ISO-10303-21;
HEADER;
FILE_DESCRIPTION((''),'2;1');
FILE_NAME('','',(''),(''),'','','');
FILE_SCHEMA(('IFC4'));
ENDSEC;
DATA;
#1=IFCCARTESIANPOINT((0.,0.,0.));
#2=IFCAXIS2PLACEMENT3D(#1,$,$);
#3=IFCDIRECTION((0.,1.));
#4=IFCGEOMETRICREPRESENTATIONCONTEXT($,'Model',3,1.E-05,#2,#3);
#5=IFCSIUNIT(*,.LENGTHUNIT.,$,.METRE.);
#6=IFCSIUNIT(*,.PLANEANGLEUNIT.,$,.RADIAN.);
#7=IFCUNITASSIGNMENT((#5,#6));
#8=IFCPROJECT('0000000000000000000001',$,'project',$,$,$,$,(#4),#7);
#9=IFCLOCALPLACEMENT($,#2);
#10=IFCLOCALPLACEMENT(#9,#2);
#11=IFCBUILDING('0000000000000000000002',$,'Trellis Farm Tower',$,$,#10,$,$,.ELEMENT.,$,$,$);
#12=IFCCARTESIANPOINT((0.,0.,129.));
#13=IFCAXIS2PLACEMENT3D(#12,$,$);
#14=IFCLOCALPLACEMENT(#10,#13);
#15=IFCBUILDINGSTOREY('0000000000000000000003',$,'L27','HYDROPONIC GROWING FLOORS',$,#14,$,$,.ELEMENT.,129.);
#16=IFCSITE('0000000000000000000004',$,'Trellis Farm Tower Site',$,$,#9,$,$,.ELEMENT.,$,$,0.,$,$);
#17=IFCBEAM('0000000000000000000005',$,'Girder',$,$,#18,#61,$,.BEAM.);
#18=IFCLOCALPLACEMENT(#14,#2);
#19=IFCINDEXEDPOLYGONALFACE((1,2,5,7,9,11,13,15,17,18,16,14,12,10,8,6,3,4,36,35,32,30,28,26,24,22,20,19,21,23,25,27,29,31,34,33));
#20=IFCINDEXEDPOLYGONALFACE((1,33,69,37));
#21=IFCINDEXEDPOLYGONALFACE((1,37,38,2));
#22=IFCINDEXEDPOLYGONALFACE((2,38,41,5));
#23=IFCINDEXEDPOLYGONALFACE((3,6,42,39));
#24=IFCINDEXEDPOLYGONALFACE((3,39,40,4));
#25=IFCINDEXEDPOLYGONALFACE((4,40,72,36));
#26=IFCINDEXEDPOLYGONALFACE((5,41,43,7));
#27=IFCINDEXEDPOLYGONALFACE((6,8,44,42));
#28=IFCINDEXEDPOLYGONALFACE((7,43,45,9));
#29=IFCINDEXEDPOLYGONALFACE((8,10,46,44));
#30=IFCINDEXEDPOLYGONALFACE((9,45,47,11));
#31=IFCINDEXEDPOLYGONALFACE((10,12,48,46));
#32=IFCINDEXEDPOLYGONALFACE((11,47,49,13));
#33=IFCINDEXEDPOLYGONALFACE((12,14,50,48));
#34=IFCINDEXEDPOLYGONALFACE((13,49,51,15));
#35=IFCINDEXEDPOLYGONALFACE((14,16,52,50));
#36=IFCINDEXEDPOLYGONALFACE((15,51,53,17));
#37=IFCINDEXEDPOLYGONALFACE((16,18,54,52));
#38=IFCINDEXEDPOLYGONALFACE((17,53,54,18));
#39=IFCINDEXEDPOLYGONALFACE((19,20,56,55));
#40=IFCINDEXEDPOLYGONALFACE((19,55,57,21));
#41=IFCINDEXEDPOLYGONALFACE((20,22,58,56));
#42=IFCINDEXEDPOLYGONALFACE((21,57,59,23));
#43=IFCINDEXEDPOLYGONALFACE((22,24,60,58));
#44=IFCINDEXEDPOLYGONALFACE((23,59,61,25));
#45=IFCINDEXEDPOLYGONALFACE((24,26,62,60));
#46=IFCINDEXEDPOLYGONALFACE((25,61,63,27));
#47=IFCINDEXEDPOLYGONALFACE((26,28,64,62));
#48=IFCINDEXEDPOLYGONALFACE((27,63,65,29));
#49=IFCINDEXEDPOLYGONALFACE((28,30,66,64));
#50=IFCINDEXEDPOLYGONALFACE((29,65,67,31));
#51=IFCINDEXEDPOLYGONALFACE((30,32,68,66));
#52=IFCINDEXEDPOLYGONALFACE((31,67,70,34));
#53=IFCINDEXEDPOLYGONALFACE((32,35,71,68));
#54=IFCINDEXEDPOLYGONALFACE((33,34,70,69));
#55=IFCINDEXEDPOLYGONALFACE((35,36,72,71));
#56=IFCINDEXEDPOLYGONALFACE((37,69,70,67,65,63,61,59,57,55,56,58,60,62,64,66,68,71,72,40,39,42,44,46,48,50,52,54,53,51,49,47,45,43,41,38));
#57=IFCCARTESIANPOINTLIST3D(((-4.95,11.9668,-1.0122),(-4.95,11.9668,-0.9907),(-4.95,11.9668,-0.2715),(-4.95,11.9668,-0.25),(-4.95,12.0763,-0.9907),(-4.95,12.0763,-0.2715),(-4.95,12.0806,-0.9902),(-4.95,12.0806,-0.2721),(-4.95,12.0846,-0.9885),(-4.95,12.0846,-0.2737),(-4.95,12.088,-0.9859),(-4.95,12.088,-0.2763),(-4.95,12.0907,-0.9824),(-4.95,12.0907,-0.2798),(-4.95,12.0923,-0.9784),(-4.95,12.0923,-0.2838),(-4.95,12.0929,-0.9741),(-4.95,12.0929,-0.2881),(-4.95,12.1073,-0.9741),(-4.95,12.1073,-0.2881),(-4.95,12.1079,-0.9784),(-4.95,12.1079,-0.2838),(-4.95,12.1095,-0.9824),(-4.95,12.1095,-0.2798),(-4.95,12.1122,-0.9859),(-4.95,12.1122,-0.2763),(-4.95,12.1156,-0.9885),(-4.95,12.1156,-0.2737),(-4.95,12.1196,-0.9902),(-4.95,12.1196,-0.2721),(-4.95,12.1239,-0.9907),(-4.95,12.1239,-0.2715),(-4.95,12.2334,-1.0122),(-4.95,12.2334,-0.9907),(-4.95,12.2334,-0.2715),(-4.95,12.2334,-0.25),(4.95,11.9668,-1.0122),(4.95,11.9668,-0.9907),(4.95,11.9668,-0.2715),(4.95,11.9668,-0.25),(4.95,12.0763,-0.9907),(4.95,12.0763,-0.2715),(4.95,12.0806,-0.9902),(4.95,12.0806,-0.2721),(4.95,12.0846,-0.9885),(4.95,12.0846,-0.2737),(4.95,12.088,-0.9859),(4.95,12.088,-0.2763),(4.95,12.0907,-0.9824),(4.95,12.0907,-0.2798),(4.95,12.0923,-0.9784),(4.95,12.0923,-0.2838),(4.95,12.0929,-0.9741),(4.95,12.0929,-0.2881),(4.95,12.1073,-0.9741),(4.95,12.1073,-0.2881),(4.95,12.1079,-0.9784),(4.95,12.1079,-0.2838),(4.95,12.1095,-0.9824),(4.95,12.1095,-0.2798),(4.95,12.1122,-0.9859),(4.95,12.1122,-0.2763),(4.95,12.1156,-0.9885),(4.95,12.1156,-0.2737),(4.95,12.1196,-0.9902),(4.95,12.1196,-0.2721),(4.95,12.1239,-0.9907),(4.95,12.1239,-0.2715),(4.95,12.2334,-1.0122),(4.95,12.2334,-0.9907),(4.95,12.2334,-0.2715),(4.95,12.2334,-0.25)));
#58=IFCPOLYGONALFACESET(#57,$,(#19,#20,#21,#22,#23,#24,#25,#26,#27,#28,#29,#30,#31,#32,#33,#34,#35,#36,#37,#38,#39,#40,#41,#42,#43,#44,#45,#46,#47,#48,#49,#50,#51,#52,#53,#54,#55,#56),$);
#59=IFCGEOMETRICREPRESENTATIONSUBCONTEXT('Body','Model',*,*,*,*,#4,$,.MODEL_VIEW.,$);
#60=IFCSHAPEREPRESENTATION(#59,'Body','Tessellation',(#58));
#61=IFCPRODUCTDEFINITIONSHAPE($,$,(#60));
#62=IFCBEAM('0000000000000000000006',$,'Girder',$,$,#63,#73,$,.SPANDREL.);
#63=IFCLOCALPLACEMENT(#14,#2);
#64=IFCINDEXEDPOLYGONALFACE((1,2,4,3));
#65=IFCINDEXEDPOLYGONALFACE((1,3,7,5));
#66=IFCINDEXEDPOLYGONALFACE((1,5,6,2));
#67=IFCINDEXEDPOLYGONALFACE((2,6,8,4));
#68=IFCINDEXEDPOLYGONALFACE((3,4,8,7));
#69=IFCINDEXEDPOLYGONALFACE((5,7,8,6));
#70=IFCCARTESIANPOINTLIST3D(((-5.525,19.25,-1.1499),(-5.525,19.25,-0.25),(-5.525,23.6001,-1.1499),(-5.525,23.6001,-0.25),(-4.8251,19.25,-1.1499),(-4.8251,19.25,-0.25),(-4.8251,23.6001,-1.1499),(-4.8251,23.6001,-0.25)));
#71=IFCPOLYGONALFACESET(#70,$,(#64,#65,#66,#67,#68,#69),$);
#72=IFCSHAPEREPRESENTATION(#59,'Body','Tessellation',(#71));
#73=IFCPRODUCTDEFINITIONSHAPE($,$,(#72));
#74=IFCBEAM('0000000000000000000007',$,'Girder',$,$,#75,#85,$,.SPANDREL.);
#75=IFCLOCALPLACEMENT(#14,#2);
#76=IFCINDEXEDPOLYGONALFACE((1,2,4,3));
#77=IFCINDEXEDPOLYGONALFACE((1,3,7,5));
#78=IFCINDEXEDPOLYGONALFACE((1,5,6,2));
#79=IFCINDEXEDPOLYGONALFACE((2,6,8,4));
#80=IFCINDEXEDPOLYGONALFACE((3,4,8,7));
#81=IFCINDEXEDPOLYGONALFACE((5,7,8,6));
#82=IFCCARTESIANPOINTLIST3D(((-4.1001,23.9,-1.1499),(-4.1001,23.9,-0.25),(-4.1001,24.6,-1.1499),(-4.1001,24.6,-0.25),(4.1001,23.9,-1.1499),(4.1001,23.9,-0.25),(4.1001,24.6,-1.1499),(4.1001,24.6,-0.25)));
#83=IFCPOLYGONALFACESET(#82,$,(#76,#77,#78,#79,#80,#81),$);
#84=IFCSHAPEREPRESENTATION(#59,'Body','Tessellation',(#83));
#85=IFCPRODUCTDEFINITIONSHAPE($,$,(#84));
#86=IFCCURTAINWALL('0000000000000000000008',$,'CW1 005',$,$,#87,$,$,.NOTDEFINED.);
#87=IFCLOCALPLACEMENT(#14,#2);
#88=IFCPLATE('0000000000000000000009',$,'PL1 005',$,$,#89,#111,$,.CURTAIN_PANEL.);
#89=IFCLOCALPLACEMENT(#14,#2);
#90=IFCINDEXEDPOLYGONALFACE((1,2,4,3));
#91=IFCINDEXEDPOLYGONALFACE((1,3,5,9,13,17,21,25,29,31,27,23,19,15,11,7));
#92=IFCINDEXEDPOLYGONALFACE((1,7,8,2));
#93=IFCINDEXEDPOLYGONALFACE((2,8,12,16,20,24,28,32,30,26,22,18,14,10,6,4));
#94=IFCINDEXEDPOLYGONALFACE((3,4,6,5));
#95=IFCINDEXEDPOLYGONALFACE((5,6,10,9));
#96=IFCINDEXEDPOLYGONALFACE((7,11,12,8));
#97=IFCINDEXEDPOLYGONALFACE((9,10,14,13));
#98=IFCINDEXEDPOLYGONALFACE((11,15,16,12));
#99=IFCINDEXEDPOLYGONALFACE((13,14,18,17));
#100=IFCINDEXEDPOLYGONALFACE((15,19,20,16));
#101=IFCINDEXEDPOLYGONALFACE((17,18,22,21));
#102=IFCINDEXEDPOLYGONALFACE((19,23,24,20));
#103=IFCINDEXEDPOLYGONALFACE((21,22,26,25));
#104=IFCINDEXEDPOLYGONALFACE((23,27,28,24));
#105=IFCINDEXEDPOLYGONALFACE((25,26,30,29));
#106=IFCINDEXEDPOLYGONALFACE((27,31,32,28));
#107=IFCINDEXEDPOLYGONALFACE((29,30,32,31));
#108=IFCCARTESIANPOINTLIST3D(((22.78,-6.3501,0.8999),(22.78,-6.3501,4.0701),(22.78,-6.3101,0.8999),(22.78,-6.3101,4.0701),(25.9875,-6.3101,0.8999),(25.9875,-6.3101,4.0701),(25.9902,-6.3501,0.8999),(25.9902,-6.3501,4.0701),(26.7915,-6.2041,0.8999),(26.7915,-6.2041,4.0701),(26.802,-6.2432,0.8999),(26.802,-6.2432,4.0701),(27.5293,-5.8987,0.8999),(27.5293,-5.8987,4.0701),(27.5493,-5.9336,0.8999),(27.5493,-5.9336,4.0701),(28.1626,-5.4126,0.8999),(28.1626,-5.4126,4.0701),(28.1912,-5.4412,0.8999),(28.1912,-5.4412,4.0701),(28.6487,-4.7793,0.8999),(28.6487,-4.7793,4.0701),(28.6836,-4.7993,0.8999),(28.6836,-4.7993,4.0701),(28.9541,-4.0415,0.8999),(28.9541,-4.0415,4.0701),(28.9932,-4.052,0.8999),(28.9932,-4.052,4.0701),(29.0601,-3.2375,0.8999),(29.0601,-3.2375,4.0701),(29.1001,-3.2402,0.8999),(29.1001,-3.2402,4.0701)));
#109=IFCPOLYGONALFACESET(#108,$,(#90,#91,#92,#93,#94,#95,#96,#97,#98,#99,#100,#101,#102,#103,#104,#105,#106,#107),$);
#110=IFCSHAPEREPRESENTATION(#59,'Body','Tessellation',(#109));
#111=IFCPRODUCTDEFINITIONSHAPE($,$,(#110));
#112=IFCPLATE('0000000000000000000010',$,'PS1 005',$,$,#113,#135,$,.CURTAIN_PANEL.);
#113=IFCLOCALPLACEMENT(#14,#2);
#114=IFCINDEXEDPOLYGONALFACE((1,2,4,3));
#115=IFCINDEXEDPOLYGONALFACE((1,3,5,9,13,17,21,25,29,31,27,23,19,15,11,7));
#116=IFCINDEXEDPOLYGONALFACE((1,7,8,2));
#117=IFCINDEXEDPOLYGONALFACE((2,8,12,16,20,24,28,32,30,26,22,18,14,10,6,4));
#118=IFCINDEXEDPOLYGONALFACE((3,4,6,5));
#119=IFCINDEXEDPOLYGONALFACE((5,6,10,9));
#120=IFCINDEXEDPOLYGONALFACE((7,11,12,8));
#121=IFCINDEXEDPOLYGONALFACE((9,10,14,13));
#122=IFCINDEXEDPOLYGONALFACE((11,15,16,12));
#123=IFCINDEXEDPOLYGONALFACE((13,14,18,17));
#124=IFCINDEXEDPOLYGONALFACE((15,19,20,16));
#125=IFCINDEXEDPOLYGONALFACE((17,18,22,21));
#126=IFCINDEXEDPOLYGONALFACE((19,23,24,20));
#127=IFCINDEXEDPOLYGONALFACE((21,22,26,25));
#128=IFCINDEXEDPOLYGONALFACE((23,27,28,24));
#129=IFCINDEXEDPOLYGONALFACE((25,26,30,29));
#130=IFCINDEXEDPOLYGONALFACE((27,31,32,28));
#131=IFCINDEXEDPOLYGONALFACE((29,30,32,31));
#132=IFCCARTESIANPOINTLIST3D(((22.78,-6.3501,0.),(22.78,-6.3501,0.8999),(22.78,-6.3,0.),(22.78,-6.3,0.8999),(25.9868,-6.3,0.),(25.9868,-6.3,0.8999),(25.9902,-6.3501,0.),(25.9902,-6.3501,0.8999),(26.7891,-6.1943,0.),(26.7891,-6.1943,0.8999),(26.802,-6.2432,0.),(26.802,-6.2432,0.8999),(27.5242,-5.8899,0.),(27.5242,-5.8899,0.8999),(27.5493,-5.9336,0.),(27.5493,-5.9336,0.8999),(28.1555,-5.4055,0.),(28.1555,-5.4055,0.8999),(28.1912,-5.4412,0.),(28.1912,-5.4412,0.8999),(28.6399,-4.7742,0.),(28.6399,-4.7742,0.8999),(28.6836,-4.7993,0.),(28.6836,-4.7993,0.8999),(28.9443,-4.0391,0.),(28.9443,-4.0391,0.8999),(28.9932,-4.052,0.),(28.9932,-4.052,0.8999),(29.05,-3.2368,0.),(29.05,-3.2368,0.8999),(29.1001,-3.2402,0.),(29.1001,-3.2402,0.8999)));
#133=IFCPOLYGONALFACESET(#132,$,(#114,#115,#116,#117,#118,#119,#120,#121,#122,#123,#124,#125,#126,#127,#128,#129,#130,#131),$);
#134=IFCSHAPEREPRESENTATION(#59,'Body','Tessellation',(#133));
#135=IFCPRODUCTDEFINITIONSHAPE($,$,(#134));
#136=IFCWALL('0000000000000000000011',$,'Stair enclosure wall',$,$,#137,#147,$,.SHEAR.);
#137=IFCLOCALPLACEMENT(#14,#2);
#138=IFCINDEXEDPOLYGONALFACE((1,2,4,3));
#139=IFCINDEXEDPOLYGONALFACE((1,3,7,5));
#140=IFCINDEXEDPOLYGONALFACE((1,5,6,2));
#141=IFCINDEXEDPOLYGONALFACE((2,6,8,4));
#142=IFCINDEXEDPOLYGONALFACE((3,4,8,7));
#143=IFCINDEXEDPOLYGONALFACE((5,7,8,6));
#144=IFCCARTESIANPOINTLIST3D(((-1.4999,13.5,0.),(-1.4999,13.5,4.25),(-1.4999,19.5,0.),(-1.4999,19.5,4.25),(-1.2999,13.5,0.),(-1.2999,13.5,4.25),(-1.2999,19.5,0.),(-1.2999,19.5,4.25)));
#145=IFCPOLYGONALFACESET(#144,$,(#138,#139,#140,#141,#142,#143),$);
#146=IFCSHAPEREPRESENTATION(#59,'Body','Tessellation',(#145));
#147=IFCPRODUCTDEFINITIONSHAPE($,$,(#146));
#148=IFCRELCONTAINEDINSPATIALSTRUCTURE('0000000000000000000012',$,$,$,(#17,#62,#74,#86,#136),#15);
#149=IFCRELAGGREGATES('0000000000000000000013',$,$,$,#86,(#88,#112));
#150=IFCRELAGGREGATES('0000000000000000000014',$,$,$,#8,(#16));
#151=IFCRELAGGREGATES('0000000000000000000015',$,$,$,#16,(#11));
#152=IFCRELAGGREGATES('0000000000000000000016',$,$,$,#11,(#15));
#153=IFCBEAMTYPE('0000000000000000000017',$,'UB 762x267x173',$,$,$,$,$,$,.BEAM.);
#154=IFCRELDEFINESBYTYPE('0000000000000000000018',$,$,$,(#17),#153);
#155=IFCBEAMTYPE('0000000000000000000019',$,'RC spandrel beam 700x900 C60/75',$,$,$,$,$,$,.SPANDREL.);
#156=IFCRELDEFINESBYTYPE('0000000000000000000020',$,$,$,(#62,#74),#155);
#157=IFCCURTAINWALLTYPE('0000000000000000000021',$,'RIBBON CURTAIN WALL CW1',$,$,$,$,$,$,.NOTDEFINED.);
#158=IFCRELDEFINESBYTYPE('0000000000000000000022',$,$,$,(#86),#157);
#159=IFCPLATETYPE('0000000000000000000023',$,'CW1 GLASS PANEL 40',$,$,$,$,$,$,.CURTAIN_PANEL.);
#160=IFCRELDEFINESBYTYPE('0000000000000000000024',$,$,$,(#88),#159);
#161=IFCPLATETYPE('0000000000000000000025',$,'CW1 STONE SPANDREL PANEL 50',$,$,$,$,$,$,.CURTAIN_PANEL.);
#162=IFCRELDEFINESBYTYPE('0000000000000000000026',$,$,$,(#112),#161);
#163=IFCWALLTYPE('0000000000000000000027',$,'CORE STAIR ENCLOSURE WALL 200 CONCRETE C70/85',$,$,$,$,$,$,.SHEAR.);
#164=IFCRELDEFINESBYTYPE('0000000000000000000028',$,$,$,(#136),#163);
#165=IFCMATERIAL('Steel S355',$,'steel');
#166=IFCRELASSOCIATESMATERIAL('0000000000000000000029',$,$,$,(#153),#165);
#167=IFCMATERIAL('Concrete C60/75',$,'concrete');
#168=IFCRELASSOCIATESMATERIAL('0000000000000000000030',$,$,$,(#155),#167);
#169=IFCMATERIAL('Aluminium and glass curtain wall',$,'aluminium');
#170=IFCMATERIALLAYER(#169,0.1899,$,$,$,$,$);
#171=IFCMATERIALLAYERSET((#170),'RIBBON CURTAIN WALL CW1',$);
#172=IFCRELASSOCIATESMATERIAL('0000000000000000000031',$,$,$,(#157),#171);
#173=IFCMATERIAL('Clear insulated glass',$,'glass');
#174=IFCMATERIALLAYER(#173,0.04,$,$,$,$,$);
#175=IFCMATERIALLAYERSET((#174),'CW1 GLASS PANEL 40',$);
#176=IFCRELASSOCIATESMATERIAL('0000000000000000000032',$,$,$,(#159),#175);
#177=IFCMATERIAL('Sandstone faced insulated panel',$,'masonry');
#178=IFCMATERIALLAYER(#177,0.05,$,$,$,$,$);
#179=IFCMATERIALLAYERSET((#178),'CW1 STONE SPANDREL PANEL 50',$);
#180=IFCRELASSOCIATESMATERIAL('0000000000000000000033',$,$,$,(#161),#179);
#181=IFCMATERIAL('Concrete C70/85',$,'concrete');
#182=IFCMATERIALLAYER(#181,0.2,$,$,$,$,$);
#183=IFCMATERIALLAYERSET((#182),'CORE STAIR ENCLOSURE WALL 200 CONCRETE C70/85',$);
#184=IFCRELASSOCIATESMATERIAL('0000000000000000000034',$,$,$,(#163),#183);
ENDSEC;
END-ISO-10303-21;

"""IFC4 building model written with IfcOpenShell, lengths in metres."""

from ifc_helpers import new_model, si_unit, direction, frame, frame_2d, origin, origin_2d, place, context, subcontext, project, spatial, polyline, rectangle, i_section, outline, extrude, source, transform, mapped, material, layer, layer_set, material_profile, profile_set, type_object, element, aggregate, save


model = new_model("IFC4")

# Units and contexts
model_context = context("Model", 3, precision=1e-05, world=origin(), true_north=direction((0.0, 1.0)))
body_context = subcontext(model_context, "Body", "Model", "MODEL_VIEW")
ifc_project = project(units=[si_unit("LENGTHUNIT", "METRE"), si_unit("PLANEANGLEUNIT", "RADIAN")], contexts=[model_context])

# Site, building, storey
site_placement = place(None, origin())
site = spatial("IfcSite", under=ifc_project, at=site_placement, Name="Trellis Farm Tower Site", CompositionType="ELEMENT", RefElevation=0.0)
building_placement = place(site_placement, origin())
building = spatial("IfcBuilding", under=site, at=building_placement, Name="Trellis Farm Tower", CompositionType="ELEMENT")
storey_placement = place(building_placement, frame((0.0, 0.0, 129.0)))
storey = spatial("IfcBuildingStorey", under=building, at=storey_placement, Name="L27", Description="HYDROPONIC GROWING FLOORS", CompositionType="ELEMENT", Elevation=129.0)

# Beams
ifc_material_1 = material(Name="Steel S355", Category="steel")
ifc_material_profile_1 = material_profile(ifc_material_1, i_section(OverallWidth=0.2666, OverallDepth=0.7622, WebThickness=0.0144, FlangeThickness=0.0215, FilletRadius=0.0166, at=origin_2d()), Name="UB 762x267x173")
ifc_profile_set_1 = profile_set([ifc_material_profile_1], Name="Steel S355")
beam_type_1 = type_object("IfcBeamType", Name="UB 762x267x173", PredefinedType="BEAM", material=ifc_profile_set_1)
shared_shape_1 = source(origin(), body_context, "Body", "SweptSolid", [
    extrude(i_section(OverallWidth=0.2666, OverallDepth=0.7622, WebThickness=0.0144, FlangeThickness=0.0215, FilletRadius=0.0166, at=origin_2d()), origin(), (0.0, 0.0, 1.0), 9.8999),
])
for number, where, z_axis, x_axis, name in (
    (1, (-4.95, 12.1001, -0.6311), (1.0, 0.0, 0.0), (0.0, 1.0, 0.0), "Girder"),
):
    element("IfcBeam", number, at=place(storey_placement, frame(where, z_axis=z_axis, x_axis=x_axis)), inside=storey, type_object=beam_type_1, Name=name, PredefinedType="BEAM", context=body_context, shape_type="MappedRepresentation", body=[
        mapped(shared_shape_1, transform((0.0, 0.0, 0.0))),
    ])
ifc_material_2 = material(Name="Concrete C60/75", Category="concrete")
ifc_material_profile_2 = material_profile(ifc_material_2, rectangle(XDim=0.7, YDim=0.8999, at=origin_2d()), Name="RC spandrel beam 700x900 C60/75")
ifc_profile_set_2 = profile_set([ifc_material_profile_2], Name="Concrete C60/75")
beam_type_2 = type_object("IfcBeamType", Name="RC spandrel beam 700x900 C60/75", PredefinedType="SPANDREL", material=ifc_profile_set_2)
shared_shape_2 = source(origin(), body_context, "Body", "SweptSolid", [
    extrude(rectangle(XDim=0.7, YDim=0.8999, at=origin_2d()), origin(), (0.0, 0.0, 1.0), 4.3501),
])
beam_1_placement = place(storey_placement, frame((-5.175, 19.25, -0.7), z_axis=(0.0, 1.0, 0.0), x_axis=(-1.0, 0.0, 0.0)))
element("IfcBeam", 2, at=beam_1_placement, inside=storey, type_object=beam_type_2, Name="Girder", PredefinedType="SPANDREL", context=body_context, shape_type="MappedRepresentation", body=[
    mapped(shared_shape_2, transform((0.0, 0.0, 0.0))),
])
shared_shape_3 = source(origin(), body_context, "Body", "SweptSolid", [
    extrude(rectangle(XDim=0.7, YDim=0.8999, at=origin_2d()), origin(), (0.0, 0.0, 1.0), 8.2002),
])
beam_2_placement = place(storey_placement, frame((-4.1001, 24.25, -0.7), z_axis=(1.0, 0.0, 0.0), x_axis=(0.0, 1.0, 0.0)))
element("IfcBeam", 3, at=beam_2_placement, inside=storey, type_object=beam_type_2, Name="Girder", PredefinedType="SPANDREL", context=body_context, shape_type="MappedRepresentation", body=[
    mapped(shared_shape_3, transform((0.0, 0.0, 0.0))),
])

# Curtain wall, plates
ifc_material_3 = material(Name="Aluminium and glass curtain wall", Category="aluminium")
ifc_layer_1 = layer(ifc_material_3, 0.1899)
ifc_layer_set_1 = layer_set([ifc_layer_1], Name="RIBBON CURTAIN WALL CW1")
curtain_wall_type = type_object("IfcCurtainWallType", Name="RIBBON CURTAIN WALL CW1", PredefinedType="NOTDEFINED", material=ifc_layer_set_1)
placement = place(storey_placement, origin())
curtain_wall = element("IfcCurtainWall", 4, at=placement, inside=storey, type_object=curtain_wall_type, Name="CW1 005", PredefinedType="NOTDEFINED")
ifc_material_4 = material(Name="Clear insulated glass", Category="glass")
ifc_layer_2 = layer(ifc_material_4, 0.04)
ifc_layer_set_2 = layer_set([ifc_layer_2], Name="CW1 GLASS PANEL 40")
plate_type_1 = type_object("IfcPlateType", Name="CW1 GLASS PANEL 40", PredefinedType="CURTAIN_PANEL", material=ifc_layer_set_2)
shared_shape_4 = source(origin(), body_context, "Body", "SweptSolid", [
    extrude(outline(polyline([(22.78, -6.3501), (25.9902, -6.3501), (26.802, -6.2432), (27.5493, -5.9336), (28.1912, -5.4412), (28.6836, -4.7993), (28.9932, -4.052), (29.1001, -3.2402), (29.0601, -3.2375), (28.9541, -4.0415), (28.6487, -4.7793), (28.1626, -5.4126), (27.5293, -5.8987), (26.7915, -6.2041), (25.9875, -6.3101), (22.78, -6.3101), (22.78, -6.3501)])), origin(), (0.0, 0.0, 1.0), 3.1702),
])
plate_1_placement = place(storey_placement, frame((0.0, 0.0, 0.8999)))
plate_1 = element("IfcPlate", 5, at=plate_1_placement, type_object=plate_type_1, Name="PL1 005", PredefinedType="CURTAIN_PANEL", context=body_context, shape_type="MappedRepresentation", body=[
    mapped(shared_shape_4, transform((0.0, 0.0, 0.0))),
])
ifc_material_5 = material(Name="Sandstone faced insulated panel", Category="masonry")
ifc_layer_3 = layer(ifc_material_5, 0.05)
ifc_layer_set_3 = layer_set([ifc_layer_3], Name="CW1 STONE SPANDREL PANEL 50")
plate_type_2 = type_object("IfcPlateType", Name="CW1 STONE SPANDREL PANEL 50", PredefinedType="CURTAIN_PANEL", material=ifc_layer_set_3)
shared_shape_5 = source(origin(), body_context, "Body", "SweptSolid", [
    extrude(outline(polyline([(22.78, -6.3501), (25.9902, -6.3501), (26.802, -6.2432), (27.5493, -5.9336), (28.1912, -5.4412), (28.6836, -4.7993), (28.9932, -4.052), (29.1001, -3.2402), (29.05, -3.2368), (28.9443, -4.0391), (28.6399, -4.7742), (28.1555, -5.4055), (27.5242, -5.8899), (26.7891, -6.1943), (25.9868, -6.3), (22.78, -6.3), (22.78, -6.3501)])), origin(), (0.0, 0.0, 1.0), 0.8999),
])
plate_2 = element("IfcPlate", 6, at=placement, type_object=plate_type_2, Name="PS1 005", PredefinedType="CURTAIN_PANEL", context=body_context, shape_type="MappedRepresentation", body=[
    mapped(shared_shape_5, transform((0.0, 0.0, 0.0))),
])
aggregate(curtain_wall, [plate_1, plate_2])

# Wall
ifc_material_6 = material(Name="Concrete C70/85", Category="concrete")
ifc_layer_4 = layer(ifc_material_6, 0.2)
ifc_layer_set_4 = layer_set([ifc_layer_4], Name="CORE STAIR ENCLOSURE WALL 200 CONCRETE C70/85")
wall_type_1 = type_object("IfcWallType", Name="CORE STAIR ENCLOSURE WALL 200 CONCRETE C70/85", PredefinedType="SHEAR", material=ifc_layer_set_4)
shared_shape_6 = source(origin(), body_context, "Body", "SweptSolid", [
    extrude(rectangle(XDim=6.0, YDim=0.2, at=frame_2d((3.0, 0.0))), origin(), (0.0, 0.0, 1.0), 4.25),
])
wall_1_placement = place(storey_placement, frame((-1.3999, 13.5, 0.0), z_axis=(0.0, 0.0, 1.0), x_axis=(0.0, 1.0, 0.0)))
element("IfcWall", 7, at=wall_1_placement, inside=storey, type_object=wall_type_1, Name="Stair enclosure wall", PredefinedType="SHEAR", context=body_context, shape_type="MappedRepresentation", body=[
    mapped(shared_shape_6, transform((0.0, 0.0, 0.0))),
])

save(model, "model.ifc")
